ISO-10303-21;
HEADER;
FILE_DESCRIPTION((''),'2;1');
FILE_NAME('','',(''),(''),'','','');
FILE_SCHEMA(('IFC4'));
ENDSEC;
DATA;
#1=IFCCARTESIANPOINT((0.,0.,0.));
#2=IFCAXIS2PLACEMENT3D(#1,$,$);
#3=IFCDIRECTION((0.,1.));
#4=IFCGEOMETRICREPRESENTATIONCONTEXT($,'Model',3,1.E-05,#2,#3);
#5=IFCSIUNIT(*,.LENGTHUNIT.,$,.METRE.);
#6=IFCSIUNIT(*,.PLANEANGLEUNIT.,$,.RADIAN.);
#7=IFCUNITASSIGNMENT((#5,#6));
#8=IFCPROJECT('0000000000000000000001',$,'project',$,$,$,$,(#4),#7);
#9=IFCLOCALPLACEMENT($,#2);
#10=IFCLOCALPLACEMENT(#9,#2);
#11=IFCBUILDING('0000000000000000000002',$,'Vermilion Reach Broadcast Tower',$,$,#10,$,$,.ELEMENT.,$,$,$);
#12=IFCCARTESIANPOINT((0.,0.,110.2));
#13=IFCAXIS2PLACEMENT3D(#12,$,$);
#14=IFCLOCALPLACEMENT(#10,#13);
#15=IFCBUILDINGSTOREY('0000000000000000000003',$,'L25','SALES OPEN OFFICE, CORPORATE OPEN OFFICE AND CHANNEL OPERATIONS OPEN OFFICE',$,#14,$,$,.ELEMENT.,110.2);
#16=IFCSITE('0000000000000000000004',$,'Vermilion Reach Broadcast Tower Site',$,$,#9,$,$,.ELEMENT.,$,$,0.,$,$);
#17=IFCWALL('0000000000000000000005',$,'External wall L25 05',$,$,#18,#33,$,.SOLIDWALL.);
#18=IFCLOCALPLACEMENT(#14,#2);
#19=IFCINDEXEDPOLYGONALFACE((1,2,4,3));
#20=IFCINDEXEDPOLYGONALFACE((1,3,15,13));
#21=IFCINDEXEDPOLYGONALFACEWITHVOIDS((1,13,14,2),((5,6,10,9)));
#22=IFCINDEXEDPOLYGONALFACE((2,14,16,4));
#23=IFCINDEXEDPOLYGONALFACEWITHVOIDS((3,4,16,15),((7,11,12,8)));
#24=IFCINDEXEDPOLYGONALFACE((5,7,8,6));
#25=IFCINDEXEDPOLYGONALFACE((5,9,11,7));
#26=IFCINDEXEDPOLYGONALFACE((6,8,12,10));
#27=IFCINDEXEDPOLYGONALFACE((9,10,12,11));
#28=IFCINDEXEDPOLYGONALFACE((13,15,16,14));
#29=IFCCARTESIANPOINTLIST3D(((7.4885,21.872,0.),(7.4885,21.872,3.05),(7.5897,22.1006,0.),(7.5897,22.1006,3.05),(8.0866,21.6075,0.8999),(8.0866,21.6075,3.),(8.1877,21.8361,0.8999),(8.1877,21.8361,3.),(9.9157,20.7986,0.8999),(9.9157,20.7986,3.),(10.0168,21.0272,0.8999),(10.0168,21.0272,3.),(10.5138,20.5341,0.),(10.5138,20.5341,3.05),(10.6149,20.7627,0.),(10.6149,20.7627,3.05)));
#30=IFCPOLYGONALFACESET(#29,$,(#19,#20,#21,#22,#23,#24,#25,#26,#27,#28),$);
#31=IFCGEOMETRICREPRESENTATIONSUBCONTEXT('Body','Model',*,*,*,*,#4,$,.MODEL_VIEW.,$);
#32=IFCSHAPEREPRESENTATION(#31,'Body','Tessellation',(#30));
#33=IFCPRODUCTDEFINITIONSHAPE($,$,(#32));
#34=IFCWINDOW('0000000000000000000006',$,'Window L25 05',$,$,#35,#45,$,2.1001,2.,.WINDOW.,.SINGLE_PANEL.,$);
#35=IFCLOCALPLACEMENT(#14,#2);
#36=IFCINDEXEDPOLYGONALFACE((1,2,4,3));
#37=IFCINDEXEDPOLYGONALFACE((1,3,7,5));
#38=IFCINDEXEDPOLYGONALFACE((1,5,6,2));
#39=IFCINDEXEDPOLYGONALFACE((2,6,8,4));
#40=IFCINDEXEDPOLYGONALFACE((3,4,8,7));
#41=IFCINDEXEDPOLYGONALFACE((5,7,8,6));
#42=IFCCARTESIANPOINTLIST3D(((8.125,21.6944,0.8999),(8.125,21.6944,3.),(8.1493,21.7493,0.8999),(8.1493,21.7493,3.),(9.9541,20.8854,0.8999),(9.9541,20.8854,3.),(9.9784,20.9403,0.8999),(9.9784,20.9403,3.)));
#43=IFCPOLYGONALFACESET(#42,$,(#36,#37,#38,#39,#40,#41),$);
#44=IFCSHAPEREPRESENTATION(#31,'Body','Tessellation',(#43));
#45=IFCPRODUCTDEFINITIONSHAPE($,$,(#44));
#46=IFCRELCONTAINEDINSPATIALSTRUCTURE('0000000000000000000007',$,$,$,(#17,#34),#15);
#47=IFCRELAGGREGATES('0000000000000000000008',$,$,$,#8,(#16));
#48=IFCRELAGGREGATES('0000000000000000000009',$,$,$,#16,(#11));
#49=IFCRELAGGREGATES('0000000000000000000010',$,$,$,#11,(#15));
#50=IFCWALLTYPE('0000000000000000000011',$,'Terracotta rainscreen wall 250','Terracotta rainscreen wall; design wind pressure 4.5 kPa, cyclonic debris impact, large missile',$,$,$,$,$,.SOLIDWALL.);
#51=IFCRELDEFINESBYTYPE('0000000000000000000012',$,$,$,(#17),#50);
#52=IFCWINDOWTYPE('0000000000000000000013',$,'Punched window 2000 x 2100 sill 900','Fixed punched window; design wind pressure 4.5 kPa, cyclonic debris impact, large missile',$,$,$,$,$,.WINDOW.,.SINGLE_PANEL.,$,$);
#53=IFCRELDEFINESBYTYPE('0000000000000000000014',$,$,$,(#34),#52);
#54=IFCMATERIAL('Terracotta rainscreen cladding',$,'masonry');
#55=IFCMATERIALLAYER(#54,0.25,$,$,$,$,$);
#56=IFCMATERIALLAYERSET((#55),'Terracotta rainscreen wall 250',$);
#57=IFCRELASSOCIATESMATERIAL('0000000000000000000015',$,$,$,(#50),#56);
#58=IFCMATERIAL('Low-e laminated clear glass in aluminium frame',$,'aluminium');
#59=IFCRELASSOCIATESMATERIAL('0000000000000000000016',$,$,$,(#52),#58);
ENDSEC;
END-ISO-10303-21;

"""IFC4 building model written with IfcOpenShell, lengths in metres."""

from ifc_helpers import new_model, si_unit, direction, frame, frame_2d, origin, place, context, subcontext, project, spatial, rectangle, extrude, material, layer, layer_set, type_object, element, fill, save


model = new_model("IFC4")

# Units and contexts
model_context = context("Model", 3, precision=1e-05, world=origin(), true_north=direction((0.0, 1.0)))
body_context = subcontext(model_context, "Body", "Model", "MODEL_VIEW")
ifc_project = project(units=[si_unit("LENGTHUNIT", "METRE"), si_unit("PLANEANGLEUNIT", "RADIAN")], contexts=[model_context])

# Site, building, storey
site_placement = place(None, origin())
site = spatial("IfcSite", under=ifc_project, at=site_placement, Name="Vermilion Reach Broadcast Tower Site", CompositionType="ELEMENT", RefElevation=0.0)
building_placement = place(site_placement, origin())
building = spatial("IfcBuilding", under=site, at=building_placement, Name="Vermilion Reach Broadcast Tower", CompositionType="ELEMENT")
storey_placement = place(building_placement, frame((0.0, 0.0, 110.2)))
storey = spatial("IfcBuildingStorey", under=building, at=storey_placement, Name="L25", Description="SALES OPEN OFFICE, CORPORATE OPEN OFFICE AND CHANNEL OPERATIONS OPEN OFFICE", CompositionType="ELEMENT", Elevation=110.2)

# Shared definitions
ifc_material_1 = material(Name="Terracotta rainscreen cladding", Category="masonry")
ifc_layer_1 = layer(ifc_material_1, 0.25)
ifc_layer_set_1 = layer_set([ifc_layer_1], Name="Terracotta rainscreen wall 250")
wall_type_1 = type_object("IfcWallType", Name="Terracotta rainscreen wall 250", Description="Terracotta rainscreen wall; design wind pressure 4.5 kPa, cyclonic debris impact, large missile", PredefinedType="SOLIDWALL", material=ifc_layer_set_1)

# Wall, opening, window
ifc_material_2 = material(Name="Low-e laminated clear glass in aluminium frame", Category="aluminium")
window_type = type_object("IfcWindowType", Name="Punched window 2000 x 2100 sill 900", Description="Fixed punched window; design wind pressure 4.5 kPa, cyclonic debris impact, large missile", PartitioningType="SINGLE_PANEL", PredefinedType="WINDOW", material=ifc_material_2)
wall_1_placement = place(storey_placement, frame((10.5642, 20.6484, 0.0), z_axis=(0.0, 0.0, 1.0), x_axis=(-0.914553, 0.404467, 0.0)))
wall_1 = element("IfcWall", 1, at=wall_1_placement, inside=storey, type_object=wall_type_1, Name="External wall L25 05", PredefinedType="SOLIDWALL", context=body_context, shape_type="SweptSolid", body=[
    extrude(rectangle(XDim=3.3079, YDim=0.25, at=frame_2d((1.6538, 0.0))), origin(), (0.0, 0.0, 1.0), 3.05),
])
opening_1_placement = place(wall_1_placement, frame((0.6538, 0.0, 0.8999)))
opening_1 = element("IfcOpeningElement", 2, at=opening_1_placement, cuts=wall_1, PredefinedType="OPENING", context=body_context, shape_type="SweptSolid", body=[
    extrude(rectangle(XDim=2.0, YDim=2.1001, at=frame_2d((1.0, 1.05))), frame((0.0, 0.135, 0.0), z_axis=(0.0, -1.0, 0.0), x_axis=(1.0, 0.0, 0.0)), (0.0, 0.0, 1.0), 0.27),
])
window_1_placement = place(opening_1_placement, origin())
window_1 = element("IfcWindow", 3, at=window_1_placement, inside=storey, type_object=window_type, Name="Window L25 05", OverallHeight=2.1001, OverallWidth=2.0, PartitioningType="SINGLE_PANEL", PredefinedType="WINDOW", context=body_context, shape_type="SweptSolid", body=[
    extrude(rectangle(XDim=2.0, YDim=2.1001, at=frame_2d((1.0, 1.05))), frame((0.0, 0.03, 0.0), z_axis=(0.0, -1.0, 0.0), x_axis=(1.0, 0.0, 0.0)), (0.0, 0.0, 1.0), 0.0601),
])
fill(opening_1, window_1)

save(model, "model.ifc")
